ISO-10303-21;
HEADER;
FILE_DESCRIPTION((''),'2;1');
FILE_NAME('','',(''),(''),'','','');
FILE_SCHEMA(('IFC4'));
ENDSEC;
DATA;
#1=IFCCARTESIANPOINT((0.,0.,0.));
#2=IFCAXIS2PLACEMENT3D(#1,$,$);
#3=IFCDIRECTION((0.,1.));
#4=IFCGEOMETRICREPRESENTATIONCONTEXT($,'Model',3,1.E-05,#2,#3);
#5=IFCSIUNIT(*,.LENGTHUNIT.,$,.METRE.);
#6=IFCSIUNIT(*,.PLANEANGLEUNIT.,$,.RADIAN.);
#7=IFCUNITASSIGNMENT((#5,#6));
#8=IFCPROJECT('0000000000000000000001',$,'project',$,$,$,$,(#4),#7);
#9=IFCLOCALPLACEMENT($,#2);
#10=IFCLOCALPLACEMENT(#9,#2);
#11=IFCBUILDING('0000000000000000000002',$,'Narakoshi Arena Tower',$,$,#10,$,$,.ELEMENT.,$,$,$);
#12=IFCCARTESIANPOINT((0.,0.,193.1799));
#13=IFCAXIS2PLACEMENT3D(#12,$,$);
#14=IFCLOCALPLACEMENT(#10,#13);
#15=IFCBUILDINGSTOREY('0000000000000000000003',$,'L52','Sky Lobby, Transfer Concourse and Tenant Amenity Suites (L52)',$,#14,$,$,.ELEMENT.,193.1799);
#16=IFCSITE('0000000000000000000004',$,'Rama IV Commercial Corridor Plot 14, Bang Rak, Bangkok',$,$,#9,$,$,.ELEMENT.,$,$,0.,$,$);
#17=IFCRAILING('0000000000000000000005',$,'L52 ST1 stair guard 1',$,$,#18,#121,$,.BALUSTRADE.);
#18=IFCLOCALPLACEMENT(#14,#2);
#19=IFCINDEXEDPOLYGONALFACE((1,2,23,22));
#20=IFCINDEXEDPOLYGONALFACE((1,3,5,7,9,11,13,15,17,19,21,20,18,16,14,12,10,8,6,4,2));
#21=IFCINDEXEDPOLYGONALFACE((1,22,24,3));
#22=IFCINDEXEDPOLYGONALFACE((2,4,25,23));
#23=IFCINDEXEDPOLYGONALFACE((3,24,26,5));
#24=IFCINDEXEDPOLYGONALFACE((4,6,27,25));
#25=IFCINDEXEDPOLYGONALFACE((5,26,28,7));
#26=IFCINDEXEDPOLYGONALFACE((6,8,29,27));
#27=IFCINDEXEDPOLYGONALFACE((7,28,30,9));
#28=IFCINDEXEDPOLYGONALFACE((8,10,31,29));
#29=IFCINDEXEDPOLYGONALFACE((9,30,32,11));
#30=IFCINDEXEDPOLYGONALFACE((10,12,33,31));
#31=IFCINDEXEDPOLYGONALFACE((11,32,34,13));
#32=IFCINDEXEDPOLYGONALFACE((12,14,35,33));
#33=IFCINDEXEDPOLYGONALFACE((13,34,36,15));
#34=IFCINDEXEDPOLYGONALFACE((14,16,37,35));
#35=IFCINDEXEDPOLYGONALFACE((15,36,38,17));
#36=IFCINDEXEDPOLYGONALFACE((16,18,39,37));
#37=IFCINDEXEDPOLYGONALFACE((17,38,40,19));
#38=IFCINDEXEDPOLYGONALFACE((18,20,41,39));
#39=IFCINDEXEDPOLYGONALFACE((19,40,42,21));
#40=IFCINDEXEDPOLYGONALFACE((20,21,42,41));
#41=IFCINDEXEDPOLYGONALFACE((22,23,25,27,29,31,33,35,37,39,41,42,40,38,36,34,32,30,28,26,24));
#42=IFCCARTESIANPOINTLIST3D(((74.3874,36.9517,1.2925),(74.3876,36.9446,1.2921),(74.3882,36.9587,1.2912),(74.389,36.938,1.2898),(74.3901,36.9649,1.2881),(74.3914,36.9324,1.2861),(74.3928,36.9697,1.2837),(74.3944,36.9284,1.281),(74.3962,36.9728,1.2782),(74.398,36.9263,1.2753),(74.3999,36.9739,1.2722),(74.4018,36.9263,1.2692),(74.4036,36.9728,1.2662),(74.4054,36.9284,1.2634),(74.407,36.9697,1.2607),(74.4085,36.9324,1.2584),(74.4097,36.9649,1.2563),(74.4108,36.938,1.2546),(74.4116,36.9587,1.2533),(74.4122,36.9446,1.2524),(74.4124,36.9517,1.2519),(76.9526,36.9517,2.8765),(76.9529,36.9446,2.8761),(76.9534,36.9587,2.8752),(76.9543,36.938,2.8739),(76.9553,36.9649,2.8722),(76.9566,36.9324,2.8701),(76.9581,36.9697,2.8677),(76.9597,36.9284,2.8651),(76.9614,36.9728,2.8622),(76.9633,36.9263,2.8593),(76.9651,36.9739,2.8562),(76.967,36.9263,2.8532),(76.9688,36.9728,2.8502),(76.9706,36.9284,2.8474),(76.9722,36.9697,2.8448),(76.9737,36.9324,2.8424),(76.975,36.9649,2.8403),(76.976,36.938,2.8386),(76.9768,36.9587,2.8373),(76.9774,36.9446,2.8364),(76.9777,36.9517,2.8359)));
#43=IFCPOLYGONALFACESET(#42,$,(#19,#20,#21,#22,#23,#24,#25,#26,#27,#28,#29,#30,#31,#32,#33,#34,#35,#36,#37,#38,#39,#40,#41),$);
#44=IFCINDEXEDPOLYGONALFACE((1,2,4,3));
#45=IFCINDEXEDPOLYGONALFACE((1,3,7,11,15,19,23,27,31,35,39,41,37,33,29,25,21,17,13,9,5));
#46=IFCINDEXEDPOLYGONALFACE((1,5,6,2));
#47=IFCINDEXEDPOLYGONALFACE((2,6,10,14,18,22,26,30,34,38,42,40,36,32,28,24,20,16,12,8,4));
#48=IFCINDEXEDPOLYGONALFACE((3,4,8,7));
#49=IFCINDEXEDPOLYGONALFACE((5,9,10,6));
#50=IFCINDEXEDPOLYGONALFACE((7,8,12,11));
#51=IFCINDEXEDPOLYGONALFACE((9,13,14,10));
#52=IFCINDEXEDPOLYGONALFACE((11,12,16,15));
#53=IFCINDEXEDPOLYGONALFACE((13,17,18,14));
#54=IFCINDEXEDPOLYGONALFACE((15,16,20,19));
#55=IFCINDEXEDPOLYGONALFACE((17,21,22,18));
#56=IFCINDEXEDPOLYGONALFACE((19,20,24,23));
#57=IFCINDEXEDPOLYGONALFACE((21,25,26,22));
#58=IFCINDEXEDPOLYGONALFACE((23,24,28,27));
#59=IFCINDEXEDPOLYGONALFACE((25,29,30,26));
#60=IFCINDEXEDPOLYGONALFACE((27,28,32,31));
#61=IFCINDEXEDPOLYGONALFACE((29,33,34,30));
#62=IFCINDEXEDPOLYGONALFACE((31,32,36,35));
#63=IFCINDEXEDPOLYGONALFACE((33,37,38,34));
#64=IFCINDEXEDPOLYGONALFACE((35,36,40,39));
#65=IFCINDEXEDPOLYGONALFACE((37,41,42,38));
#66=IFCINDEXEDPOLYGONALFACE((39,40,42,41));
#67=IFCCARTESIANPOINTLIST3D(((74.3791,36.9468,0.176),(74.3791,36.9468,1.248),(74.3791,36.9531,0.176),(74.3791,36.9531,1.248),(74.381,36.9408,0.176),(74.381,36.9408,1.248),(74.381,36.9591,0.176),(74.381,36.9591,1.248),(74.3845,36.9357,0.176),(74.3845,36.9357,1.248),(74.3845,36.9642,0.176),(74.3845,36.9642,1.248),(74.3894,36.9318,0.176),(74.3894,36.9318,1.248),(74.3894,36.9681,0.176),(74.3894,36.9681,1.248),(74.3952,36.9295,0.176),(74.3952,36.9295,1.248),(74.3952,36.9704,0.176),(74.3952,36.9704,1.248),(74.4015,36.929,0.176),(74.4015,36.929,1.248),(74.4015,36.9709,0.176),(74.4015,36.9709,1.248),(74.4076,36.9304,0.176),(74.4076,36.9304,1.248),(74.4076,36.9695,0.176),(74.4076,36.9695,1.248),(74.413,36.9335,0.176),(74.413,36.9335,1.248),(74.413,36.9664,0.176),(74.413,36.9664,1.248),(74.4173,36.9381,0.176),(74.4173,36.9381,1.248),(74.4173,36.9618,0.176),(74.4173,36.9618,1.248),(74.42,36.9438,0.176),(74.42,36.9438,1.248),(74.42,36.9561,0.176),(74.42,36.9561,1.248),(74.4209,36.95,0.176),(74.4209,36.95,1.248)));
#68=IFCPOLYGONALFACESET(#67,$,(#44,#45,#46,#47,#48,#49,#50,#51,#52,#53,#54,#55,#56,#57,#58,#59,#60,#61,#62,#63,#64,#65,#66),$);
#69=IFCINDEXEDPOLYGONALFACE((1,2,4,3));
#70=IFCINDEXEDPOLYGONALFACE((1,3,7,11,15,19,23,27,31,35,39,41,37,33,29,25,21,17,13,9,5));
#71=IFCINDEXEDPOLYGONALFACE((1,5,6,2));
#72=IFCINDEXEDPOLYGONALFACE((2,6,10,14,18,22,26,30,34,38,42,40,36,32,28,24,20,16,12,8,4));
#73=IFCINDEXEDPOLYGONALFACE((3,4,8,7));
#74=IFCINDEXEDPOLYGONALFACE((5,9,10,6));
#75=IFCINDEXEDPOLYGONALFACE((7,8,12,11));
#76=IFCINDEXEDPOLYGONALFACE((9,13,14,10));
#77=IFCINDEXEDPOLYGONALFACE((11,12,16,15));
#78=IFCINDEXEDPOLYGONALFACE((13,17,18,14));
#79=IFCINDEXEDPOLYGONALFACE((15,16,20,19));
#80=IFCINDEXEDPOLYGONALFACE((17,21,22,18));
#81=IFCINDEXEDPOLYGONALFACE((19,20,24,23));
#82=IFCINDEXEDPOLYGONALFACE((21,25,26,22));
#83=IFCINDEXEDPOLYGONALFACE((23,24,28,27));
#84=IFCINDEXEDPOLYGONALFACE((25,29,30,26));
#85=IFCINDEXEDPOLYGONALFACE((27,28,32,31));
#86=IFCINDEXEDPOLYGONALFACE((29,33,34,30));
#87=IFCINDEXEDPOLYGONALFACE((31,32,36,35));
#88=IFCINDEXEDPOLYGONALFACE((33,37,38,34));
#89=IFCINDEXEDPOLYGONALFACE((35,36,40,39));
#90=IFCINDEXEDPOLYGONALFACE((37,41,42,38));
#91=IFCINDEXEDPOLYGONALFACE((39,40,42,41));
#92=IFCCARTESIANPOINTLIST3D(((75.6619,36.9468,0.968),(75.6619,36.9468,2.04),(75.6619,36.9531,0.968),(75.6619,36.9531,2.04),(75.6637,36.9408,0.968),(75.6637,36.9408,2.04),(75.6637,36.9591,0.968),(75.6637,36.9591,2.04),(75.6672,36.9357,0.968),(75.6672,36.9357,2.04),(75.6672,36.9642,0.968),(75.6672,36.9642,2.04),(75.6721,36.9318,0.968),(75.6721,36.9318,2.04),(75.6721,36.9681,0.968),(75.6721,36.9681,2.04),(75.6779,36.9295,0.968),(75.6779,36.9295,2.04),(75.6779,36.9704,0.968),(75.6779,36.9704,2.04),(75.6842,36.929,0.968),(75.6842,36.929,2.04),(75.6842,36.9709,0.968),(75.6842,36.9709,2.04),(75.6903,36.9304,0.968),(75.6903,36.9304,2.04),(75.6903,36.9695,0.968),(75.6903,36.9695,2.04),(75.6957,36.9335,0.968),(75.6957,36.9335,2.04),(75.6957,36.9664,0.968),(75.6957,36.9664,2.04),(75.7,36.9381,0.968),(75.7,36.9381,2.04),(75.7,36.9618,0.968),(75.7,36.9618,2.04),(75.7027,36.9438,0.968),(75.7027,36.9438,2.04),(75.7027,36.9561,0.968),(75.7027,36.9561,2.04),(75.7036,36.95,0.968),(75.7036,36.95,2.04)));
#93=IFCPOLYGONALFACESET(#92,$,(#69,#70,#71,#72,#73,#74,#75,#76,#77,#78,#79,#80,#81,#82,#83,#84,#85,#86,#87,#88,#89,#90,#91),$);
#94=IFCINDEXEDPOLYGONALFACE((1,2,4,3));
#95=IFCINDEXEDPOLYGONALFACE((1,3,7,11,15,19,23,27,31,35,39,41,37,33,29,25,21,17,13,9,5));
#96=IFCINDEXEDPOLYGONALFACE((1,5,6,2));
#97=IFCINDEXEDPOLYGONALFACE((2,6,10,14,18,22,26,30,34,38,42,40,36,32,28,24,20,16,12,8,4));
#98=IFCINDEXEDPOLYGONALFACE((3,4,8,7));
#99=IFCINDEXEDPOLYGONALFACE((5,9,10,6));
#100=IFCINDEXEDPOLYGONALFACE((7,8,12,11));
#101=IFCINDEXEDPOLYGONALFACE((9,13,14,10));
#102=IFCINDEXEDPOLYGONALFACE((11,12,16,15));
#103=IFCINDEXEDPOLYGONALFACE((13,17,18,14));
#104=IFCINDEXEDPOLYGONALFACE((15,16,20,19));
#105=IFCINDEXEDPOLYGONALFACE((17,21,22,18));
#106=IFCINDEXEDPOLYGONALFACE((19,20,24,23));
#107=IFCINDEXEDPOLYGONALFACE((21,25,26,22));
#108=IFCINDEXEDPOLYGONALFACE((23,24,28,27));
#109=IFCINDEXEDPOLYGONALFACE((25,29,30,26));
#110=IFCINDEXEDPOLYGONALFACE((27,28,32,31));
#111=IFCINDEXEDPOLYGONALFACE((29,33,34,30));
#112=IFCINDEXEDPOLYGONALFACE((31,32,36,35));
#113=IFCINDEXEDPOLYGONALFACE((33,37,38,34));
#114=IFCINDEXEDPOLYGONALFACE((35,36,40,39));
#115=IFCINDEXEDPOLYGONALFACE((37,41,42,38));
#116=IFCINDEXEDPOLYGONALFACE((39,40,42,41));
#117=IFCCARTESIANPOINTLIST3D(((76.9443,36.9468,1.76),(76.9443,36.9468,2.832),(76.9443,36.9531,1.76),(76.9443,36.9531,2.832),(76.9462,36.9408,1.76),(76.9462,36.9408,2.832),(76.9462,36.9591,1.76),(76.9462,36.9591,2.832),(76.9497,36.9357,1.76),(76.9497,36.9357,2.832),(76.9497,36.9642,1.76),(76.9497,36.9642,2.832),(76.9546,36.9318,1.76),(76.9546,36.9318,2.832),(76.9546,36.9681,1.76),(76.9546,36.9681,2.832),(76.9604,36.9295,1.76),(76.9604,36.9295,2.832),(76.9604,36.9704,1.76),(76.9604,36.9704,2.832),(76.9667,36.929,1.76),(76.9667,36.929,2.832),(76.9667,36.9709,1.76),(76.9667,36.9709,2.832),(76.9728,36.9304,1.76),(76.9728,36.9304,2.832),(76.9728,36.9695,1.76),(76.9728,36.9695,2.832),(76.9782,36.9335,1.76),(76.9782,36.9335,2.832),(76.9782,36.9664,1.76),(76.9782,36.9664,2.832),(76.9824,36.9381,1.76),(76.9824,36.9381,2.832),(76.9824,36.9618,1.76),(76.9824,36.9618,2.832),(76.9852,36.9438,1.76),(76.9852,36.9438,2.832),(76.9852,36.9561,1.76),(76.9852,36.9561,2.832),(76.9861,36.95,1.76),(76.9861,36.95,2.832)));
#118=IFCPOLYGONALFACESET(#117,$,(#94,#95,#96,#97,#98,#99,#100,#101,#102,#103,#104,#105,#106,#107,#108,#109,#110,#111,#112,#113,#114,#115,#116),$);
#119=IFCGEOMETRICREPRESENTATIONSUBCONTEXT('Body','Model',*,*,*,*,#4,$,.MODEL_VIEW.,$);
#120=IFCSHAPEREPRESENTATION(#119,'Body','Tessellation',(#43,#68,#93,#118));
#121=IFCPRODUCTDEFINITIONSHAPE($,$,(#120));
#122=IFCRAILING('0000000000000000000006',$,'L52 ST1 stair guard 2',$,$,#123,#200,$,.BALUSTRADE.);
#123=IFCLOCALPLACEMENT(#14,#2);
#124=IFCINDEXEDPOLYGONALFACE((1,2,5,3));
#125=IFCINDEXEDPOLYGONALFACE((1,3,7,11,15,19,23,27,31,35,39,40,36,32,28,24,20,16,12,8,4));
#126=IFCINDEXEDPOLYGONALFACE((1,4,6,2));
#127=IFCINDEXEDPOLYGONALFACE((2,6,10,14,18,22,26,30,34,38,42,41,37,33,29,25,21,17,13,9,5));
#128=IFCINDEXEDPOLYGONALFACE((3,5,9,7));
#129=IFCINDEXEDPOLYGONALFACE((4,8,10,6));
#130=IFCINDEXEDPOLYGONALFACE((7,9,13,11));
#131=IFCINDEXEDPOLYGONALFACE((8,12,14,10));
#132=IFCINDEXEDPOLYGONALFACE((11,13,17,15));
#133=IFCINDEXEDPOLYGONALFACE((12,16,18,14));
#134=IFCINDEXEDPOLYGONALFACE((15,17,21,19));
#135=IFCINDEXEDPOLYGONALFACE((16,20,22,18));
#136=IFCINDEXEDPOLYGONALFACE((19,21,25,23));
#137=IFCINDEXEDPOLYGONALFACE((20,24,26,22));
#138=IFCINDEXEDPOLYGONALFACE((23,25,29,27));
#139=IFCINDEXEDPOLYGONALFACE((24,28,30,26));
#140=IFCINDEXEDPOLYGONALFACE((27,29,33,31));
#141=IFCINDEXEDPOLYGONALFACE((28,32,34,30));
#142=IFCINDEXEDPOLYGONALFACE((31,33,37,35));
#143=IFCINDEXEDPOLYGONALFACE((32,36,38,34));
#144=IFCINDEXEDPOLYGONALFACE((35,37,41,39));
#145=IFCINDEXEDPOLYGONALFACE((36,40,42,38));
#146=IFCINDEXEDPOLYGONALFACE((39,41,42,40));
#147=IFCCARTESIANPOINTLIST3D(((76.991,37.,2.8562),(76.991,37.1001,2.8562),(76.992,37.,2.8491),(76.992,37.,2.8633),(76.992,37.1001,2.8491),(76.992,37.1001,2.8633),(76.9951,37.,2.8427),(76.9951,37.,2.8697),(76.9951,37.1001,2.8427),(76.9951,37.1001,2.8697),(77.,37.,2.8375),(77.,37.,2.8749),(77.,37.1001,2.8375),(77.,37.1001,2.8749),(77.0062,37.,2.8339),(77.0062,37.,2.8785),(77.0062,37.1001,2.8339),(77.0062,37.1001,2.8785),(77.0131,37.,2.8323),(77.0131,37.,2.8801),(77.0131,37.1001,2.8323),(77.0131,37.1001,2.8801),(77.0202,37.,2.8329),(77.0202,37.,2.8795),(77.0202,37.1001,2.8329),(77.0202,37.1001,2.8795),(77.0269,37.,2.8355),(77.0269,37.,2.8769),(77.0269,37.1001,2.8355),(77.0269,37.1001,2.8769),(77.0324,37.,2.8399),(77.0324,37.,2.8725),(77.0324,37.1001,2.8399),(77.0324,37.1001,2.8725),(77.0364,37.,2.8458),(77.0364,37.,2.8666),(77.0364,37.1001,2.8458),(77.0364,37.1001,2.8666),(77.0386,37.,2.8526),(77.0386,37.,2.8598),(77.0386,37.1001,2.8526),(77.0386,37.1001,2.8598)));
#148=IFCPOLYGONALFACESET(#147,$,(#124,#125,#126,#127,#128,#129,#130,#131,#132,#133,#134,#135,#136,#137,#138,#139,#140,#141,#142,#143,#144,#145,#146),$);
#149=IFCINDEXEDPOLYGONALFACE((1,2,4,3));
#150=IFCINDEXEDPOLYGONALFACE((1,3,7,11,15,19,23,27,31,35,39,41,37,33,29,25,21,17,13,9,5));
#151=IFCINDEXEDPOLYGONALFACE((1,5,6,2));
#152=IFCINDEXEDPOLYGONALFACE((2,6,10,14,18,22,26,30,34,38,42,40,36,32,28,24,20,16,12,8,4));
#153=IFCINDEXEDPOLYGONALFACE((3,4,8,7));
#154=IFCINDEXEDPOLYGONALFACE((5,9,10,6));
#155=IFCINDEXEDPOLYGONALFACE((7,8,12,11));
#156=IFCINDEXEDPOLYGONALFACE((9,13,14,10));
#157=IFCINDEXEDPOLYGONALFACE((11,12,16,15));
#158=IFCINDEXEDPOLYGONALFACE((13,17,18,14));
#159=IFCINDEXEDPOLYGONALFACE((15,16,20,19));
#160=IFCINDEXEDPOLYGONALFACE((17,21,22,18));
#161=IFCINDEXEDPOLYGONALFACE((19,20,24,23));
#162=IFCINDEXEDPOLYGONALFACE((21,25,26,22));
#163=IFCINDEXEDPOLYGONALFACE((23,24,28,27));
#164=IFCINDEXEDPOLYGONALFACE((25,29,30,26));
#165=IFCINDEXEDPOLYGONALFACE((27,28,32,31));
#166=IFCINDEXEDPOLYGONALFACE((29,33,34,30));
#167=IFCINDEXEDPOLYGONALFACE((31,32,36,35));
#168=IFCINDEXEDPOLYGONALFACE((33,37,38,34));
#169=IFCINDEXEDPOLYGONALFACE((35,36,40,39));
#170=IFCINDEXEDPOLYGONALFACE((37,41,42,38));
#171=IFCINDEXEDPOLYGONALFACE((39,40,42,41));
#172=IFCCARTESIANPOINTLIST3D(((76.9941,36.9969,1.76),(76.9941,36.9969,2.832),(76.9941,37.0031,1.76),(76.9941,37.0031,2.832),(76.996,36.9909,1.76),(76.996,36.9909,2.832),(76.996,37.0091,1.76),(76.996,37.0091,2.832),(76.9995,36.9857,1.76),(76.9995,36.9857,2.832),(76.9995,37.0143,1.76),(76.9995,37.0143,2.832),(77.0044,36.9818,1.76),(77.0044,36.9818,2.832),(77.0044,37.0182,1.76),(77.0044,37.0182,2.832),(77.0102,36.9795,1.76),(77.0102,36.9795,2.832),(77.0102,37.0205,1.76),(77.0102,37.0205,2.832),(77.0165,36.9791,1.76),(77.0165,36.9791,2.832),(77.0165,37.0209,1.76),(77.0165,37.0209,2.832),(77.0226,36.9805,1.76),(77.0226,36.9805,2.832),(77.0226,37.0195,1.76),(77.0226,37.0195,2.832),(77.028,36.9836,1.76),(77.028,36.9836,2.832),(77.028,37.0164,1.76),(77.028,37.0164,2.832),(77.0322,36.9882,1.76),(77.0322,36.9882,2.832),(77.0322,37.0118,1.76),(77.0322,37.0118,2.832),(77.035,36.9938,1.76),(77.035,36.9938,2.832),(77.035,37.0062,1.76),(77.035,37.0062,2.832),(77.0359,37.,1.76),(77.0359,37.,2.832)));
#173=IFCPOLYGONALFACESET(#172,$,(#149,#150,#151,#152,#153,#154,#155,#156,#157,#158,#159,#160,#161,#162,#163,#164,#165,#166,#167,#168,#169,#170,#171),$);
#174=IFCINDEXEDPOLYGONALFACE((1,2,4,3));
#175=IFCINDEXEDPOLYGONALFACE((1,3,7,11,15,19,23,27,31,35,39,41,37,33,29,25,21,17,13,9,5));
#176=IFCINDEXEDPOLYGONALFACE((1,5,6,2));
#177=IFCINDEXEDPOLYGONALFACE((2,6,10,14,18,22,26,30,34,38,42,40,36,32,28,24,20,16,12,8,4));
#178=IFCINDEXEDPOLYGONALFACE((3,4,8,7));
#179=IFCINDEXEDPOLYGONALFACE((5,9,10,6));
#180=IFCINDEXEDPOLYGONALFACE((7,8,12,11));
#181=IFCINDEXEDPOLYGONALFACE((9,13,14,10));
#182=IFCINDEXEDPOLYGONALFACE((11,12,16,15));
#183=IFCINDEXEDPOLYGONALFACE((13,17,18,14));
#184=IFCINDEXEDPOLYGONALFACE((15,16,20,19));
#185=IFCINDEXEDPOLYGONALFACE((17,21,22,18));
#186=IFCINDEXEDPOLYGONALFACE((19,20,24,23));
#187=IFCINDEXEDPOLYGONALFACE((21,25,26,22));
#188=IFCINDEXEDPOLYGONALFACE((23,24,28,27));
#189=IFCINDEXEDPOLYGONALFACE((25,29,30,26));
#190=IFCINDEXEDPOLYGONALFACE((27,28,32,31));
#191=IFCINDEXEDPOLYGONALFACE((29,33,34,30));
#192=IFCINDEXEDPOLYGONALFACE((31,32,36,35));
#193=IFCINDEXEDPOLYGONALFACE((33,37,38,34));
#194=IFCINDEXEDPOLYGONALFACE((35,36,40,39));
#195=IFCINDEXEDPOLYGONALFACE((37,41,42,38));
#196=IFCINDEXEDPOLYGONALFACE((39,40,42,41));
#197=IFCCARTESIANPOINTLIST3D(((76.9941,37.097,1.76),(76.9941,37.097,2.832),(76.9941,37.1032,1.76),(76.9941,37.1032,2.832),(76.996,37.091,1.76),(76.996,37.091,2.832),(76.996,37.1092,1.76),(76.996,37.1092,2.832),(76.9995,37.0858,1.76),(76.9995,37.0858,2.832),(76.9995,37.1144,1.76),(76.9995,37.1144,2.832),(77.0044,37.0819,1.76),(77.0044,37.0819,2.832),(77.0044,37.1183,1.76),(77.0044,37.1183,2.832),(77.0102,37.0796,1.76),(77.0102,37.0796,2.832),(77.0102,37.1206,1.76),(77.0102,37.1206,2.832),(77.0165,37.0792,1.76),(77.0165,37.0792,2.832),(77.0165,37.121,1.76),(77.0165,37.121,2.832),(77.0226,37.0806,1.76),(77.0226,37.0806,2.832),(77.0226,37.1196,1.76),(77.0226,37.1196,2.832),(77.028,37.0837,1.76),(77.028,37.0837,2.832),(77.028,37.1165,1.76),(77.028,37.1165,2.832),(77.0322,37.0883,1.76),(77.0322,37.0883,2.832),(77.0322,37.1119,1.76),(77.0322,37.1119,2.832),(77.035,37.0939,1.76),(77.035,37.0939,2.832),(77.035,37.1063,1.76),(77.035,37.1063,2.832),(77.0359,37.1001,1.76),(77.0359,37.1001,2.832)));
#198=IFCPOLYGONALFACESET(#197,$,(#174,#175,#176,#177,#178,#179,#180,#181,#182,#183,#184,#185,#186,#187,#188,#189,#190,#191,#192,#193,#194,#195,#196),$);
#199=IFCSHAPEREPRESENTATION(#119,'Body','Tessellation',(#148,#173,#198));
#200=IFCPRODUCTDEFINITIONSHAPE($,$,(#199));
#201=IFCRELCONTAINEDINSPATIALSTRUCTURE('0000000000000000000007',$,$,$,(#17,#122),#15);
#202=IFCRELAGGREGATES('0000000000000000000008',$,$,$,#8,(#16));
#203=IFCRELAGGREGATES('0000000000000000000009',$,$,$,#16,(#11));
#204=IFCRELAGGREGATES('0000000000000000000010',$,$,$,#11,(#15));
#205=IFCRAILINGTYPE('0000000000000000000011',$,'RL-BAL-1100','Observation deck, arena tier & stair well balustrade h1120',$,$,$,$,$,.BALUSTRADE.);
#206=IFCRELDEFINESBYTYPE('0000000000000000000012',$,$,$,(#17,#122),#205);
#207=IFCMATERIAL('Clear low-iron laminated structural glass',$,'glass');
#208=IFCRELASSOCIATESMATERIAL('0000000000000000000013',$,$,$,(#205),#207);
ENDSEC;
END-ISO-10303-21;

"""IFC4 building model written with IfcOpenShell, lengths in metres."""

from ifc_helpers import new_model, si_unit, direction, frame, origin, origin_2d, place, context, subcontext, project, spatial, circle, extrude, material, type_object, element, save


model = new_model("IFC4")

# Units and contexts
model_context = context("Model", 3, precision=1e-05, world=origin(), true_north=direction((0.0, 1.0)))
body_context = subcontext(model_context, "Body", "Model", "MODEL_VIEW")
ifc_project = project(units=[si_unit("LENGTHUNIT", "METRE"), si_unit("PLANEANGLEUNIT", "RADIAN")], contexts=[model_context])

# Site, building, storey
site_placement = place(None, origin())
site = spatial("IfcSite", under=ifc_project, at=site_placement, Name="Rama IV Commercial Corridor Plot 14, Bang Rak, Bangkok", CompositionType="ELEMENT", RefElevation=0.0)
building_placement = place(site_placement, origin())
building = spatial("IfcBuilding", under=site, at=building_placement, Name="Narakoshi Arena Tower", CompositionType="ELEMENT")
storey_placement = place(building_placement, frame((0.0, 0.0, 193.1799)))
storey = spatial("IfcBuildingStorey", under=building, at=storey_placement, Name="L52", Description="Sky Lobby, Transfer Concourse and Tenant Amenity Suites (L52)", CompositionType="ELEMENT", Elevation=193.1799)

# Railings
ifc_material_1 = material(Name="Clear low-iron laminated structural glass", Category="glass")
railing_type_1 = type_object("IfcRailingType", Name="RL-BAL-1100", Description="Observation deck, arena tier & stair well balustrade h1120", PredefinedType="BALUSTRADE", material=ifc_material_1)
railing_1_placement = place(storey_placement, frame((74.3999, 36.95, 0.176)))
element("IfcRailing", 1, at=railing_1_placement, inside=storey, type_object=railing_type_1, Name="L52 ST1 stair guard 1", PredefinedType="BALUSTRADE", context=body_context, shape_type="SweptSolid", body=[
    extrude(circle(Radius=0.0239, at=origin_2d()), frame((0.0, 0.0, 1.0962), z_axis=(0.850857, 0.0, 0.525398), x_axis=(0.0, 1.0, 0.0)), (0.0, 0.0, 1.0), 3.0149),
    extrude(circle(Radius=0.021, at=origin_2d()), origin(), (0.0, 0.0, 1.0), 1.072),
    extrude(circle(Radius=0.021, at=origin_2d()), frame((1.2827, 0.0, 0.792)), (0.0, 0.0, 1.0), 1.072),
    extrude(circle(Radius=0.021, at=origin_2d()), frame((2.5652, 0.0, 1.584)), (0.0, 0.0, 1.0), 1.072),
])
railing_2_placement = place(storey_placement, frame((77.0149, 37.0, 1.76)))
element("IfcRailing", 2, at=railing_2_placement, inside=storey, type_object=railing_type_1, Name="L52 ST1 stair guard 2", PredefinedType="BALUSTRADE", context=body_context, shape_type="SweptSolid", body=[
    extrude(circle(Radius=0.0239, at=origin_2d()), frame((0.0, 0.0, 1.0962), z_axis=(0.0, 1.0, 0.0), x_axis=(-1.0, 0.0, 0.0)), (0.0, 0.0, 1.0), 0.1001),
    extrude(circle(Radius=0.021, at=origin_2d()), origin(), (0.0, 0.0, 1.0), 1.072),
    extrude(circle(Radius=0.021, at=origin_2d()), frame((0.0, 0.1001, 0.0)), (0.0, 0.0, 1.0), 1.072),
])

save(model, "model.ifc")
